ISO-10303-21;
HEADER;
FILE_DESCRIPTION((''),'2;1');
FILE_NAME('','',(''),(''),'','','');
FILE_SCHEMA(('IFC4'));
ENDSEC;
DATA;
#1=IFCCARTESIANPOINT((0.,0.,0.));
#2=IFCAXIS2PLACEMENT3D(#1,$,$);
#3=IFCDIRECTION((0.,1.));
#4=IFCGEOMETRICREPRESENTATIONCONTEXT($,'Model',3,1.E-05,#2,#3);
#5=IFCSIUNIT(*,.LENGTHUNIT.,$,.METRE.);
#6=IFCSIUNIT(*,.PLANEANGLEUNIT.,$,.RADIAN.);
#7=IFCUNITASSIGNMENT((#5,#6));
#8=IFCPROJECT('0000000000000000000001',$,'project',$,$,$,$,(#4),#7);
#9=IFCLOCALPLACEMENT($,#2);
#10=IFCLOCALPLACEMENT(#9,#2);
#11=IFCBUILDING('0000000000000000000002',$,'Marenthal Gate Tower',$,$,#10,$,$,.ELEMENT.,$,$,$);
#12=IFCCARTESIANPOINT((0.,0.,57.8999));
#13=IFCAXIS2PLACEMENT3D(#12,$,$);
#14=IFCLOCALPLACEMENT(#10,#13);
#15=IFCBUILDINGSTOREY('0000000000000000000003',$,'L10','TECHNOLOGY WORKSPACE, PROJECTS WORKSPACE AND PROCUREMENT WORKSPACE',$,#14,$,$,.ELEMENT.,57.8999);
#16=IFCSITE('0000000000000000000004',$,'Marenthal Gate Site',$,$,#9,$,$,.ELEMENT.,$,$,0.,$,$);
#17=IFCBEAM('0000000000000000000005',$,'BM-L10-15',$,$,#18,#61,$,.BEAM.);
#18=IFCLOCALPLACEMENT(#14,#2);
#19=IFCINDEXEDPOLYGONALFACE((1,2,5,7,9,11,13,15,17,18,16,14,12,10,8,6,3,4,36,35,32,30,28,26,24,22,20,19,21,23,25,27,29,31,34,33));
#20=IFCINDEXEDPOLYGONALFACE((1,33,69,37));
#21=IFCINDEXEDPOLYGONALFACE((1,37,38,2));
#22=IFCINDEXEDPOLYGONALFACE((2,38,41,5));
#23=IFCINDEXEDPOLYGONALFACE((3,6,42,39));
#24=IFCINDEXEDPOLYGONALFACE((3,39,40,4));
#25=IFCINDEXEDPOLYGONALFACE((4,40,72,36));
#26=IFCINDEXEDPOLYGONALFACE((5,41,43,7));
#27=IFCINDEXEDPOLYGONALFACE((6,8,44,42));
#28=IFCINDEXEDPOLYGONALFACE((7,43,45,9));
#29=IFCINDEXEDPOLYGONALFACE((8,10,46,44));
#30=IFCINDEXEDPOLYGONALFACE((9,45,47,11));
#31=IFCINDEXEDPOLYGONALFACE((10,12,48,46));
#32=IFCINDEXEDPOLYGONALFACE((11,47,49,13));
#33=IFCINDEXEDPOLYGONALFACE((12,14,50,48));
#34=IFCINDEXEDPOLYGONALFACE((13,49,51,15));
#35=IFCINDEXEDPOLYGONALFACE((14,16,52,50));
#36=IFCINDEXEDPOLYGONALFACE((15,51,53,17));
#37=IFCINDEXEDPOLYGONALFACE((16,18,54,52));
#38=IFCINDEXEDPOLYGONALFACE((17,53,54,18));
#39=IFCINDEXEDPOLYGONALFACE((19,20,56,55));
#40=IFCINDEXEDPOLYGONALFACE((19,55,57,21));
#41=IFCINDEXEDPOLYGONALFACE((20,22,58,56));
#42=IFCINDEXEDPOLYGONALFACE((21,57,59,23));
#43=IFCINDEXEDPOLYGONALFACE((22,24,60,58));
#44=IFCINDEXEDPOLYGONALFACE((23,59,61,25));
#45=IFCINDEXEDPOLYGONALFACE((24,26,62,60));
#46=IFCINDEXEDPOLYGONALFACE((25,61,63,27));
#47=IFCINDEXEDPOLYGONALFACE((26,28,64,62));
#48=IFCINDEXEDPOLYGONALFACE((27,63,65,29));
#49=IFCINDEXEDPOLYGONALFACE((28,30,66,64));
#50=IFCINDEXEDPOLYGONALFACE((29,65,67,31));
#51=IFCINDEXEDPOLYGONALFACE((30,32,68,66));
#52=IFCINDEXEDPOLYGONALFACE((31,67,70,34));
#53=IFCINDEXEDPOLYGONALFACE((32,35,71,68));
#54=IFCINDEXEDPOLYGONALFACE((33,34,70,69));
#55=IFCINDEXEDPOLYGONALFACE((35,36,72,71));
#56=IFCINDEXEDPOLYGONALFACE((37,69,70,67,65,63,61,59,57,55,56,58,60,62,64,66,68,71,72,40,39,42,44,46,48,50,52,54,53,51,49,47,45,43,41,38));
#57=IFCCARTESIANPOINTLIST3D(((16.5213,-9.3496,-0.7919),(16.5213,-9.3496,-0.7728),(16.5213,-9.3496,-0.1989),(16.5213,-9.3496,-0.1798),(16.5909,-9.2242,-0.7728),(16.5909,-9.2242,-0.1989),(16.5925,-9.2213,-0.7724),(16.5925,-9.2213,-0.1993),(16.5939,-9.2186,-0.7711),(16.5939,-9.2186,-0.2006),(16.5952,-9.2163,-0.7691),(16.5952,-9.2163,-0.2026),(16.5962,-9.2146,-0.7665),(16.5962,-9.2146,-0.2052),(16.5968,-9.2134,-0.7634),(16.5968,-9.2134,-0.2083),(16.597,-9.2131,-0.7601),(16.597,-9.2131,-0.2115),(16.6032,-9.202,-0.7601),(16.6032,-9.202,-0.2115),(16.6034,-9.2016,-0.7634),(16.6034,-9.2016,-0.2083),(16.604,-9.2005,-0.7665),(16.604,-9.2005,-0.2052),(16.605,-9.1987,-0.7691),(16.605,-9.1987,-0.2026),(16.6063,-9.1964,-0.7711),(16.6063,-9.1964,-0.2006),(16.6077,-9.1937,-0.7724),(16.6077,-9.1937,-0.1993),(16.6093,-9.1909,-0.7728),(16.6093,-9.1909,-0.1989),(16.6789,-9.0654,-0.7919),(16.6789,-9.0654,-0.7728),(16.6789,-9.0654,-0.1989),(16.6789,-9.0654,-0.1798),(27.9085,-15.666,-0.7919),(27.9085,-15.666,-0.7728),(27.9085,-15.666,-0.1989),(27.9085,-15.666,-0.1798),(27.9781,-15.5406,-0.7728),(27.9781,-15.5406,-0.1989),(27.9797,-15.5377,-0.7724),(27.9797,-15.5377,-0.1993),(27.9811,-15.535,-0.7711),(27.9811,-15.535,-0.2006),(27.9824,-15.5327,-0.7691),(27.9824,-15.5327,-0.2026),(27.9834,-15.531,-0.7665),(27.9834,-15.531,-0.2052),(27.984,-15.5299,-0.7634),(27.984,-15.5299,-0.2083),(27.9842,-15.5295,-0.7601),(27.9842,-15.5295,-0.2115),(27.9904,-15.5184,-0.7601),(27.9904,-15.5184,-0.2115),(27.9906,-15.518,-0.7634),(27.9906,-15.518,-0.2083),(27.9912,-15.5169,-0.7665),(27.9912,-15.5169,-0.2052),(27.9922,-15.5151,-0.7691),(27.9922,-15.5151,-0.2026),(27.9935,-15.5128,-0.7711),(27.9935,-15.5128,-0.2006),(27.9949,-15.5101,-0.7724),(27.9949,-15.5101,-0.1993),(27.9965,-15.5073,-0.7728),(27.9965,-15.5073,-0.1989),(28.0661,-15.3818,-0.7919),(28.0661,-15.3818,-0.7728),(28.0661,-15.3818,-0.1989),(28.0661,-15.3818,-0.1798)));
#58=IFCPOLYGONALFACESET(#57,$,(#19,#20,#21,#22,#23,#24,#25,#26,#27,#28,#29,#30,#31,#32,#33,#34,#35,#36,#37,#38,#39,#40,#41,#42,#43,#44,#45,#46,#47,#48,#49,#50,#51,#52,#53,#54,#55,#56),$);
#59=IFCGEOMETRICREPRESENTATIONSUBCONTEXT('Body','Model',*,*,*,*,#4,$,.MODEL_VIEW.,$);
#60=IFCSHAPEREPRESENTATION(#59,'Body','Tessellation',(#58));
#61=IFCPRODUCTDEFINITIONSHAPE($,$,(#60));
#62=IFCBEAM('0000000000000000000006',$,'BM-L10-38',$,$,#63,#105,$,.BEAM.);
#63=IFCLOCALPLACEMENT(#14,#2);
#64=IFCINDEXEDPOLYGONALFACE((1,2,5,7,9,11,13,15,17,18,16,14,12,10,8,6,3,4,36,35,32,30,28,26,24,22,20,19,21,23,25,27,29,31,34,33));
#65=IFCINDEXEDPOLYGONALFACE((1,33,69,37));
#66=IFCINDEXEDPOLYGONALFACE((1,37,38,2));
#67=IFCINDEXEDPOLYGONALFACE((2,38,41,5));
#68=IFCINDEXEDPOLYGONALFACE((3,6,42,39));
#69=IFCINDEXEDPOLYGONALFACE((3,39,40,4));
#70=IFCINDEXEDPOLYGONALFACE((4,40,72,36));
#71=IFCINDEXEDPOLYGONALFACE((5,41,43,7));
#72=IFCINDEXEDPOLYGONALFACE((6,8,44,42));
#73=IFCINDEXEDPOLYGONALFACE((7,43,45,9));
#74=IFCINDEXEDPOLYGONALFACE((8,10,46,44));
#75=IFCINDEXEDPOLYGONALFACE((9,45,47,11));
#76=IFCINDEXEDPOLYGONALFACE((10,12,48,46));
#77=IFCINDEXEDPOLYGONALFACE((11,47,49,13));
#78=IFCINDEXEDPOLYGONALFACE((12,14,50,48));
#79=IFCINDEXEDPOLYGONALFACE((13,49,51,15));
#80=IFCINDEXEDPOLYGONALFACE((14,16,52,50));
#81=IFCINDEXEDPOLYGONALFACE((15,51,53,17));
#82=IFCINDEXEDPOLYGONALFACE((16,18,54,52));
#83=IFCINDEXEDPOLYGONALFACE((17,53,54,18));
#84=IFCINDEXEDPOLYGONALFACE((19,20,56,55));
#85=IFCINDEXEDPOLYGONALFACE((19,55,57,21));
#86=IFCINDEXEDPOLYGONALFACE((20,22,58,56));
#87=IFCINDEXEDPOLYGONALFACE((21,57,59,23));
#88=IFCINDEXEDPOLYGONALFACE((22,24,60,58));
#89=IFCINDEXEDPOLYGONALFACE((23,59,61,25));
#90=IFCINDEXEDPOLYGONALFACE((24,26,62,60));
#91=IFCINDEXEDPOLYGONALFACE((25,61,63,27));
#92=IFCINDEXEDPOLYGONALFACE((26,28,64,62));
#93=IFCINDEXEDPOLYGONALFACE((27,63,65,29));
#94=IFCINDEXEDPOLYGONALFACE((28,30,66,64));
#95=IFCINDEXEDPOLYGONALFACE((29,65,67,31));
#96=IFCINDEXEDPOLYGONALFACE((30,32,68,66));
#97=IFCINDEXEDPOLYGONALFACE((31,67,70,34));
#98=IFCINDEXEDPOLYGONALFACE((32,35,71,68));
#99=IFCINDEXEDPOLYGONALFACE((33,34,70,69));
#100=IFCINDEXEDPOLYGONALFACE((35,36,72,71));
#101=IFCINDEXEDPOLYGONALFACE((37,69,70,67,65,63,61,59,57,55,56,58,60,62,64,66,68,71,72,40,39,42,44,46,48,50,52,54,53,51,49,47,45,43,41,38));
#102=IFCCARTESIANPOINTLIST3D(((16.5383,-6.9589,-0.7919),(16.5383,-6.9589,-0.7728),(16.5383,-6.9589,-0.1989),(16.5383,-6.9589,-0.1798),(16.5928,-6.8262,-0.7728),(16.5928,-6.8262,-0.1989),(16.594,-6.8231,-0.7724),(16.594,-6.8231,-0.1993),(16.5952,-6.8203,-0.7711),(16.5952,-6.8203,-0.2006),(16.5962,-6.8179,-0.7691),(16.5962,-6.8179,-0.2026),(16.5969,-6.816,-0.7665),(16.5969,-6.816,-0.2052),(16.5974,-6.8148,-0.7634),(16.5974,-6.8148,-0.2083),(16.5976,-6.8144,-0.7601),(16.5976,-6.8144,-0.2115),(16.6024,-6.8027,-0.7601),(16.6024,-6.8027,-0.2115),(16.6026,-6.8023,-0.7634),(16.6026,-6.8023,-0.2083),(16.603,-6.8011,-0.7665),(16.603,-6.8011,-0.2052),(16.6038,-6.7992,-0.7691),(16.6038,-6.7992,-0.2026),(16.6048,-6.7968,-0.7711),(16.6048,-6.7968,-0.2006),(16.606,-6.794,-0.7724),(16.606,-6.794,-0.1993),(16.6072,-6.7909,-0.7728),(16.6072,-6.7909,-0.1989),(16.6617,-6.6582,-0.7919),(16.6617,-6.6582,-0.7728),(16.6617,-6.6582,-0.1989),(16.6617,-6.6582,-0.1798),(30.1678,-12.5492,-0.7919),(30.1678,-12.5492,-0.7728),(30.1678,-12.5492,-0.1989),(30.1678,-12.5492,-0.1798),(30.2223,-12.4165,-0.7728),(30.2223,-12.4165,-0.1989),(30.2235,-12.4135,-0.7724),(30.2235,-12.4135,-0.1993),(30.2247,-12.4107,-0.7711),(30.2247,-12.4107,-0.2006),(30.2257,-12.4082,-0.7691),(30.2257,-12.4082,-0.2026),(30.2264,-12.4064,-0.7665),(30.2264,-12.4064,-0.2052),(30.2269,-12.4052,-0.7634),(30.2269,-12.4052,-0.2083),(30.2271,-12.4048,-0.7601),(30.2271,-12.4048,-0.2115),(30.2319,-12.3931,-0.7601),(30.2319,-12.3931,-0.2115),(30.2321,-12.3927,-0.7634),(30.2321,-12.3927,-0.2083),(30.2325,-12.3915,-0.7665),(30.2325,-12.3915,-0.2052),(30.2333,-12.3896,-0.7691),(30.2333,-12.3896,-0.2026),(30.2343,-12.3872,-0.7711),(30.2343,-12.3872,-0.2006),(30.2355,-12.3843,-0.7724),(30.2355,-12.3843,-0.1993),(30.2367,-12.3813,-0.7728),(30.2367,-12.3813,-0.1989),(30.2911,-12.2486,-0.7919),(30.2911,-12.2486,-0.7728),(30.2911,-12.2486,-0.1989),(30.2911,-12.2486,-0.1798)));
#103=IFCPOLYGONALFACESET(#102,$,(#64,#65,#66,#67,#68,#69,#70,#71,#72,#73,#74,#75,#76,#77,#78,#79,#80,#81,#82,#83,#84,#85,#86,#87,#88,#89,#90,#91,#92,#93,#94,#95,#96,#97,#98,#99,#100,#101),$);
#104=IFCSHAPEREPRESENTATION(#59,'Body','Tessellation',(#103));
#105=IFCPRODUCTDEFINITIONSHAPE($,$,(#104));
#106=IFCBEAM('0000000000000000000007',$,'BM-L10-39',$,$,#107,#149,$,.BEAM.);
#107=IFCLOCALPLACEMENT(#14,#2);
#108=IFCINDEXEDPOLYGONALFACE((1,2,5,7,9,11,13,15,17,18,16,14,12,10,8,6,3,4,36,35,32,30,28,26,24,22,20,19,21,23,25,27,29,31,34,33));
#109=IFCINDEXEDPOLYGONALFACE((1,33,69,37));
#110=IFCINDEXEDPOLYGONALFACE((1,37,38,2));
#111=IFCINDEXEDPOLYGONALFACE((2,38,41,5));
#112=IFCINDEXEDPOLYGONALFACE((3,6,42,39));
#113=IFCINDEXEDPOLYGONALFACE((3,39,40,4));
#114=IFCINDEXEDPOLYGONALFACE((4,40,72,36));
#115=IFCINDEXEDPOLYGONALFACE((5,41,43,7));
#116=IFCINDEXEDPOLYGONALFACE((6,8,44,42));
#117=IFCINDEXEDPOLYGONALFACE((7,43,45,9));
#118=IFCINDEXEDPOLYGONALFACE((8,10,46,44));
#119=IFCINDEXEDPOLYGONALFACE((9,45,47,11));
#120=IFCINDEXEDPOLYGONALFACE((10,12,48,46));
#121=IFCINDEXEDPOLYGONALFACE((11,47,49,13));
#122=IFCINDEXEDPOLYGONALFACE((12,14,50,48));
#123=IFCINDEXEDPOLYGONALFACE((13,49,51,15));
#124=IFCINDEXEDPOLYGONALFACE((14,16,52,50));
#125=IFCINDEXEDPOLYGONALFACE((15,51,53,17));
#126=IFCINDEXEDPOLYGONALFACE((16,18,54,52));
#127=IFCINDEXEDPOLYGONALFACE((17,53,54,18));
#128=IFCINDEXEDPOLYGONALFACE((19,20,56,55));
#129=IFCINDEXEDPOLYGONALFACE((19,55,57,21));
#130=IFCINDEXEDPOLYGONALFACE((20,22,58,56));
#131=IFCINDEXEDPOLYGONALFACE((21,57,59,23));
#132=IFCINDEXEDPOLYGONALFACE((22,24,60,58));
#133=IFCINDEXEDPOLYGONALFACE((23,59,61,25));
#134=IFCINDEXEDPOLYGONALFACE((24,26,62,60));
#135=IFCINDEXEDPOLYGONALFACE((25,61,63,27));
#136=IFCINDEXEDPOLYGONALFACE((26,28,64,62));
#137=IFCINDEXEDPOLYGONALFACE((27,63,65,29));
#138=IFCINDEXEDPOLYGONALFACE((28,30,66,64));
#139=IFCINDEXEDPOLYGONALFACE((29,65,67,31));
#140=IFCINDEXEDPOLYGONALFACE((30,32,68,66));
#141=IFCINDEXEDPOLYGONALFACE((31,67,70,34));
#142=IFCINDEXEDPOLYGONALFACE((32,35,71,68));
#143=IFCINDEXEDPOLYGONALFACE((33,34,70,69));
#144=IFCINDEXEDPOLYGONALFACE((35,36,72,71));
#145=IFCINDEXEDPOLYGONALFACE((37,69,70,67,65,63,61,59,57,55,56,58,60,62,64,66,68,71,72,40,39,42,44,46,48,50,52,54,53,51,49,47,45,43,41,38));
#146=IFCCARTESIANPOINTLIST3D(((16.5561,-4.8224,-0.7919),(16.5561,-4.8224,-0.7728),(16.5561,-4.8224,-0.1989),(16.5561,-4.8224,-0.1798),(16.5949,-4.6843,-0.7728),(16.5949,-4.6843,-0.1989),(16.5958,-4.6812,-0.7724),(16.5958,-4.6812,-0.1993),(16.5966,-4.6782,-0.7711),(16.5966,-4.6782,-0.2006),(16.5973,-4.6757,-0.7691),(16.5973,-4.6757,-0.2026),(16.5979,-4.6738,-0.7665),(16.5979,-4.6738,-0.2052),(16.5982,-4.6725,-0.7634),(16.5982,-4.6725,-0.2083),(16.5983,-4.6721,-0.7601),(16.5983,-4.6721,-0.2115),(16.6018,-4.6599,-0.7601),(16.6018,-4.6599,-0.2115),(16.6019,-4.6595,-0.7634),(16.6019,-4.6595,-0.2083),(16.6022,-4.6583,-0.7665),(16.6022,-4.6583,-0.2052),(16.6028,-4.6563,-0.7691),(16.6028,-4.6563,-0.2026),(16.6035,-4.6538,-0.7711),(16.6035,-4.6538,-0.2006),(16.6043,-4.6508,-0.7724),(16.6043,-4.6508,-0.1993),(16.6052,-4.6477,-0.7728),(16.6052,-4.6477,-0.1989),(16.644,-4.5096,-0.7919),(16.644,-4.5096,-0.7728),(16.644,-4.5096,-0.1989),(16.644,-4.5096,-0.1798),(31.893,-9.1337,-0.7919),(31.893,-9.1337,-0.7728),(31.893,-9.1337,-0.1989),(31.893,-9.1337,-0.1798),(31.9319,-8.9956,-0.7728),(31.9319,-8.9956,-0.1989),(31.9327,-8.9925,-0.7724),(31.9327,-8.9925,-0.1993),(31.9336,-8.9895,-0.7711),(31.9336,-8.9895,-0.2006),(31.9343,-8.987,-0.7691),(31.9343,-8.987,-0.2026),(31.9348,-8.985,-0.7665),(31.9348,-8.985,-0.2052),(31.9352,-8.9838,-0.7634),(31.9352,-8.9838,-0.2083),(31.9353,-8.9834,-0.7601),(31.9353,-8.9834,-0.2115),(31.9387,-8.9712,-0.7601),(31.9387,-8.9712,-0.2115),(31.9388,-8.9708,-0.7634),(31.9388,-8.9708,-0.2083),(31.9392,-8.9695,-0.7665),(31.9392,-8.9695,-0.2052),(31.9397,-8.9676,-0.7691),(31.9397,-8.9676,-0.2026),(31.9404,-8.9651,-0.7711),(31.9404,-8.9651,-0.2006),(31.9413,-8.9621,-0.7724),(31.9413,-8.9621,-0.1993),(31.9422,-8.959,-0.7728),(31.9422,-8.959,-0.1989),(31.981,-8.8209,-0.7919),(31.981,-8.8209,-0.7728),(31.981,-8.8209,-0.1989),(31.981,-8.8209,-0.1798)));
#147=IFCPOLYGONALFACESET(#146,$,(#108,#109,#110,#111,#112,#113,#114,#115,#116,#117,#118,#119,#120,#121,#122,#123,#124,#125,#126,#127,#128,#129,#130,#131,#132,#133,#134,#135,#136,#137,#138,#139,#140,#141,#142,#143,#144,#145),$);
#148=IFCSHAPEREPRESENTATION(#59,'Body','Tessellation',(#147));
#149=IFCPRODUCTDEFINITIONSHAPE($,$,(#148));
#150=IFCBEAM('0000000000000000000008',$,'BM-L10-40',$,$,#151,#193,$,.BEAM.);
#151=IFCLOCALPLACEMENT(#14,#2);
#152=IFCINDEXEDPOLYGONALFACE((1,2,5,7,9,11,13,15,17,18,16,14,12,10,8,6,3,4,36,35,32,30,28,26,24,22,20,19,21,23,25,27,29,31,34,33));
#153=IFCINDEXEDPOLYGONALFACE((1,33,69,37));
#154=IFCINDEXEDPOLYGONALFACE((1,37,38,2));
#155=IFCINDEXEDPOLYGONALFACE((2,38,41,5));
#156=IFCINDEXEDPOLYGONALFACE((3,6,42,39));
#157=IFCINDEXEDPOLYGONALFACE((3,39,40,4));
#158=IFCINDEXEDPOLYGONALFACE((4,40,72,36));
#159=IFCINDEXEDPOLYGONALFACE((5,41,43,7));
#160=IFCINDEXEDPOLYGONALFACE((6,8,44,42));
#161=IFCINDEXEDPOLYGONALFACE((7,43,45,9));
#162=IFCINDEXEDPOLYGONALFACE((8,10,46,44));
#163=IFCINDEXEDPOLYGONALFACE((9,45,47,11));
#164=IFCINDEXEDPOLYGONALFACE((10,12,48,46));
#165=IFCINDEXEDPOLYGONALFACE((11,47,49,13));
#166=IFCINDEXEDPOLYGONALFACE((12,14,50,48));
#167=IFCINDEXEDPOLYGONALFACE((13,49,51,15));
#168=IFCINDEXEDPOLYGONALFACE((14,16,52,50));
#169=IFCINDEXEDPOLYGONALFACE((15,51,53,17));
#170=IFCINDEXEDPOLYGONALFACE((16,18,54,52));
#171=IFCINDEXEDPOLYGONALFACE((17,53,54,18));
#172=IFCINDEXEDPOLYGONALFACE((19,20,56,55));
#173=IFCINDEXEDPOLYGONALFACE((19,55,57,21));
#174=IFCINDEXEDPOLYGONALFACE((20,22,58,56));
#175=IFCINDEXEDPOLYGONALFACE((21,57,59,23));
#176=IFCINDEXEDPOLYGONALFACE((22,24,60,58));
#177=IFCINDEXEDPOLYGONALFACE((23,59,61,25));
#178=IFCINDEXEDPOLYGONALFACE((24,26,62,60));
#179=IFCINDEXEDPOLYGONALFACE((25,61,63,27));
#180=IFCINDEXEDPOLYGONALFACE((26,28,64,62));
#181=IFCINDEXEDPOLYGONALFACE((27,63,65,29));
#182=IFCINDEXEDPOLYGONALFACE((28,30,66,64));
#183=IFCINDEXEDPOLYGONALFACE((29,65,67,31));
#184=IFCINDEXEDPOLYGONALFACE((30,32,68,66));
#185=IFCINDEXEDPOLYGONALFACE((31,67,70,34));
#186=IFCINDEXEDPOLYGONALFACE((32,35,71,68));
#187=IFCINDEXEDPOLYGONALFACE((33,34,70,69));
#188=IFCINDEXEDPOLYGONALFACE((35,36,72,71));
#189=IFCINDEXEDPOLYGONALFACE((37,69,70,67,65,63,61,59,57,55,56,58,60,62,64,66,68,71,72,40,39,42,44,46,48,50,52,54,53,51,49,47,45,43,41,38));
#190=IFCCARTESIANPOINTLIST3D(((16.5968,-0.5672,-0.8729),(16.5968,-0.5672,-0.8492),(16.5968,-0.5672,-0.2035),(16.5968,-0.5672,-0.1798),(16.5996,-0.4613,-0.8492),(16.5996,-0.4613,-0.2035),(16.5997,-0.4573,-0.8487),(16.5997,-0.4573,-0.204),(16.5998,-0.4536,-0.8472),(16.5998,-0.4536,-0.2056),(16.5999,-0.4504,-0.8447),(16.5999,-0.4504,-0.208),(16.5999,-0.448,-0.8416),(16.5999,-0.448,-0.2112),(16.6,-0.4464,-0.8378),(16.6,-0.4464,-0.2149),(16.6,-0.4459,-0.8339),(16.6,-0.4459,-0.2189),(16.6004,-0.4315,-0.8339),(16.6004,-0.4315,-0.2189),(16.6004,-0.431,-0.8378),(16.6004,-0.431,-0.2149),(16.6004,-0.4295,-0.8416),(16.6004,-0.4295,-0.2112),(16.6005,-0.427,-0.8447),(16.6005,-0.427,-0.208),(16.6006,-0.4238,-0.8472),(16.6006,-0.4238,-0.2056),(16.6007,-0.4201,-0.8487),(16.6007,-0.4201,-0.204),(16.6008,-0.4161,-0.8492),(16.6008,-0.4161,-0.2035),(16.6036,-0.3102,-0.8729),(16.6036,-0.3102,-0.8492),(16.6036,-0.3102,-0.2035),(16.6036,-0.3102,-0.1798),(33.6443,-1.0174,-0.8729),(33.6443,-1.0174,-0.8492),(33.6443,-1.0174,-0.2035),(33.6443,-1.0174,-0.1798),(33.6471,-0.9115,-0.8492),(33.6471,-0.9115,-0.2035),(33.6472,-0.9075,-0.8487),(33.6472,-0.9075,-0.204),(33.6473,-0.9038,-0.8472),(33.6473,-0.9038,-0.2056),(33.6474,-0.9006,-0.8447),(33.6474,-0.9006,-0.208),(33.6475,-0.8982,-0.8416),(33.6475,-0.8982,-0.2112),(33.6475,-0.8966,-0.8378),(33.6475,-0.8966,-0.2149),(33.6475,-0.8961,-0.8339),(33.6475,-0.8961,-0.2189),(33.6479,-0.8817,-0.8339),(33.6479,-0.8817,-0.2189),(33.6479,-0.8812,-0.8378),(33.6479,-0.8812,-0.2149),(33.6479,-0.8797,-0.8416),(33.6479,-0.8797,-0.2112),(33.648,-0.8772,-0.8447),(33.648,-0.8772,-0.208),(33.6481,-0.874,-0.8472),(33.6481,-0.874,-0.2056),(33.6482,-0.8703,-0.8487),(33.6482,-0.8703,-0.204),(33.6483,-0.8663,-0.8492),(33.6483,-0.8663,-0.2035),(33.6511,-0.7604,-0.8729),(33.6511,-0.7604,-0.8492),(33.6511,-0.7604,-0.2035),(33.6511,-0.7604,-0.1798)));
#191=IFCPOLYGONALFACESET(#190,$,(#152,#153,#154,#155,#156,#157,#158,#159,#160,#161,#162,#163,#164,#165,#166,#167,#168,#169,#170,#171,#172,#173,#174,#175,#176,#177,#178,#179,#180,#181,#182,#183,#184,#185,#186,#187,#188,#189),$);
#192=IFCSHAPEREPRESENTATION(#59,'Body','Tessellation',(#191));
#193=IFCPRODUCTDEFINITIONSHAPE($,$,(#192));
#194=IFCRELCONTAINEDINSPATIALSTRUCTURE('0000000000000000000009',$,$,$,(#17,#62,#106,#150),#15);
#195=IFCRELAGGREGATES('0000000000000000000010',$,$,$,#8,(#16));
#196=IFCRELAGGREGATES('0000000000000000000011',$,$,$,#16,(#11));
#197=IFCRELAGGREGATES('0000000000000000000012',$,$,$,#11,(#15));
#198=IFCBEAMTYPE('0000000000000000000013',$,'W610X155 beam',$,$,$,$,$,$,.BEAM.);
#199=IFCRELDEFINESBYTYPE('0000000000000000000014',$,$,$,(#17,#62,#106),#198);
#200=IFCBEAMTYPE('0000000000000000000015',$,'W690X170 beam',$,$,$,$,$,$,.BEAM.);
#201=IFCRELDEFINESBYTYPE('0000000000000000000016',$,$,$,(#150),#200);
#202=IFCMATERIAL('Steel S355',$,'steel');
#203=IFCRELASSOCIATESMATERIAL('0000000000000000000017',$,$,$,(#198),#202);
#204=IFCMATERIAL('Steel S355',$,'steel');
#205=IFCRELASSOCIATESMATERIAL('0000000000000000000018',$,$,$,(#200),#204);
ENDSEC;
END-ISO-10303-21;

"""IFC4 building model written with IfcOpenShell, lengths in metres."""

from ifc_helpers import new_model, si_unit, direction, frame, origin, origin_2d, place, context, subcontext, project, spatial, i_section, extrude, material, material_profile, profile_set, type_object, element, save


model = new_model("IFC4")

# Units and contexts
model_context = context("Model", 3, precision=1e-05, world=origin(), true_north=direction((0.0, 1.0)))
body_context = subcontext(model_context, "Body", "Model", "MODEL_VIEW")
ifc_project = project(units=[si_unit("LENGTHUNIT", "METRE"), si_unit("PLANEANGLEUNIT", "RADIAN")], contexts=[model_context])

# Site, building, storey
site_placement = place(None, origin())
site = spatial("IfcSite", under=ifc_project, at=site_placement, Name="Marenthal Gate Site", CompositionType="ELEMENT", RefElevation=0.0)
building_placement = place(site_placement, origin())
building = spatial("IfcBuilding", under=site, at=building_placement, Name="Marenthal Gate Tower", CompositionType="ELEMENT")
storey_placement = place(building_placement, frame((0.0, 0.0, 57.8999)))
storey = spatial("IfcBuildingStorey", under=building, at=storey_placement, Name="L10", Description="TECHNOLOGY WORKSPACE, PROJECTS WORKSPACE AND PROCUREMENT WORKSPACE", CompositionType="ELEMENT", Elevation=57.8999)

# Beams
ifc_material_1 = material(Name="Steel S355", Category="steel")
ifc_material_profile_1 = material_profile(ifc_material_1, i_section(OverallWidth=0.325, OverallDepth=0.6121, WebThickness=0.0127, FlangeThickness=0.019, FilletRadius=0.0127, at=origin_2d()), Name="W610X155")
ifc_profile_set_1 = profile_set([ifc_material_profile_1], Name="Steel S355")
beam_type_1 = type_object("IfcBeamType", Name="W610X155 beam", PredefinedType="BEAM", material=ifc_profile_set_1)
beam_1_placement = place(storey_placement, frame((27.9873, -15.5239, -0.4858), z_axis=(-0.874477, 0.485067, 0.0), x_axis=(-0.485067, -0.874477, 0.0)))
element("IfcBeam", 1, at=beam_1_placement, inside=storey, type_object=beam_type_1, Name="BM-L10-15", PredefinedType="BEAM", context=body_context, shape_type="SweptSolid", body=[
    extrude(i_section(OverallWidth=0.325, OverallDepth=0.6121, WebThickness=0.0127, FlangeThickness=0.019, FilletRadius=0.0127, at=origin_2d()), origin(), (0.0, 0.0, 1.0), 13.0217),
])
beam_2_placement = place(storey_placement, frame((30.2295, -12.3989, -0.4858), z_axis=(-0.925198, 0.379486, 0.0), x_axis=(-0.379486, -0.925198, 0.0)))
element("IfcBeam", 2, at=beam_2_placement, inside=storey, type_object=beam_type_1, Name="BM-L10-38", PredefinedType="BEAM", context=body_context, shape_type="SweptSolid", body=[
    extrude(i_section(OverallWidth=0.325, OverallDepth=0.6121, WebThickness=0.0127, FlangeThickness=0.019, FilletRadius=0.0127, at=origin_2d()), origin(), (0.0, 0.0, 1.0), 14.7314),
])
beam_3_placement = place(storey_placement, frame((31.937, -8.9773, -0.4858), z_axis=(-0.962687, 0.270616, 0.0), x_axis=(-0.270616, -0.962687, 0.0)))
element("IfcBeam", 3, at=beam_3_placement, inside=storey, type_object=beam_type_1, Name="BM-L10-39", PredefinedType="BEAM", context=body_context, shape_type="SweptSolid", body=[
    extrude(i_section(OverallWidth=0.325, OverallDepth=0.6121, WebThickness=0.0127, FlangeThickness=0.019, FilletRadius=0.0127, at=origin_2d()), origin(), (0.0, 0.0, 1.0), 15.9314),
])
ifc_material_2 = material(Name="Steel S355", Category="steel")
ifc_material_profile_2 = material_profile(ifc_material_2, i_section(OverallWidth=0.2571, OverallDepth=0.6931, WebThickness=0.0144, FlangeThickness=0.0237, FilletRadius=0.0154, at=origin_2d()), Name="W690X170")
ifc_profile_set_2 = profile_set([ifc_material_profile_2], Name="Steel S355")
beam_type_2 = type_object("IfcBeamType", Name="W690X170 beam", PredefinedType="BEAM", material=ifc_profile_set_2)
beam_4_placement = place(storey_placement, frame((33.6477, -0.8889, -0.5264), z_axis=(-0.999651, 0.026399, 0.0), x_axis=(-0.026399, -0.999651, 0.0)))
element("IfcBeam", 4, at=beam_4_placement, inside=storey, type_object=beam_type_2, Name="BM-L10-40", PredefinedType="BEAM", context=body_context, shape_type="SweptSolid", body=[
    extrude(i_section(OverallWidth=0.2571, OverallDepth=0.6931, WebThickness=0.0144, FlangeThickness=0.0237, FilletRadius=0.0154, at=origin_2d()), origin(), (0.0, 0.0, 1.0), 17.0535),
])

save(model, "model.ifc")
